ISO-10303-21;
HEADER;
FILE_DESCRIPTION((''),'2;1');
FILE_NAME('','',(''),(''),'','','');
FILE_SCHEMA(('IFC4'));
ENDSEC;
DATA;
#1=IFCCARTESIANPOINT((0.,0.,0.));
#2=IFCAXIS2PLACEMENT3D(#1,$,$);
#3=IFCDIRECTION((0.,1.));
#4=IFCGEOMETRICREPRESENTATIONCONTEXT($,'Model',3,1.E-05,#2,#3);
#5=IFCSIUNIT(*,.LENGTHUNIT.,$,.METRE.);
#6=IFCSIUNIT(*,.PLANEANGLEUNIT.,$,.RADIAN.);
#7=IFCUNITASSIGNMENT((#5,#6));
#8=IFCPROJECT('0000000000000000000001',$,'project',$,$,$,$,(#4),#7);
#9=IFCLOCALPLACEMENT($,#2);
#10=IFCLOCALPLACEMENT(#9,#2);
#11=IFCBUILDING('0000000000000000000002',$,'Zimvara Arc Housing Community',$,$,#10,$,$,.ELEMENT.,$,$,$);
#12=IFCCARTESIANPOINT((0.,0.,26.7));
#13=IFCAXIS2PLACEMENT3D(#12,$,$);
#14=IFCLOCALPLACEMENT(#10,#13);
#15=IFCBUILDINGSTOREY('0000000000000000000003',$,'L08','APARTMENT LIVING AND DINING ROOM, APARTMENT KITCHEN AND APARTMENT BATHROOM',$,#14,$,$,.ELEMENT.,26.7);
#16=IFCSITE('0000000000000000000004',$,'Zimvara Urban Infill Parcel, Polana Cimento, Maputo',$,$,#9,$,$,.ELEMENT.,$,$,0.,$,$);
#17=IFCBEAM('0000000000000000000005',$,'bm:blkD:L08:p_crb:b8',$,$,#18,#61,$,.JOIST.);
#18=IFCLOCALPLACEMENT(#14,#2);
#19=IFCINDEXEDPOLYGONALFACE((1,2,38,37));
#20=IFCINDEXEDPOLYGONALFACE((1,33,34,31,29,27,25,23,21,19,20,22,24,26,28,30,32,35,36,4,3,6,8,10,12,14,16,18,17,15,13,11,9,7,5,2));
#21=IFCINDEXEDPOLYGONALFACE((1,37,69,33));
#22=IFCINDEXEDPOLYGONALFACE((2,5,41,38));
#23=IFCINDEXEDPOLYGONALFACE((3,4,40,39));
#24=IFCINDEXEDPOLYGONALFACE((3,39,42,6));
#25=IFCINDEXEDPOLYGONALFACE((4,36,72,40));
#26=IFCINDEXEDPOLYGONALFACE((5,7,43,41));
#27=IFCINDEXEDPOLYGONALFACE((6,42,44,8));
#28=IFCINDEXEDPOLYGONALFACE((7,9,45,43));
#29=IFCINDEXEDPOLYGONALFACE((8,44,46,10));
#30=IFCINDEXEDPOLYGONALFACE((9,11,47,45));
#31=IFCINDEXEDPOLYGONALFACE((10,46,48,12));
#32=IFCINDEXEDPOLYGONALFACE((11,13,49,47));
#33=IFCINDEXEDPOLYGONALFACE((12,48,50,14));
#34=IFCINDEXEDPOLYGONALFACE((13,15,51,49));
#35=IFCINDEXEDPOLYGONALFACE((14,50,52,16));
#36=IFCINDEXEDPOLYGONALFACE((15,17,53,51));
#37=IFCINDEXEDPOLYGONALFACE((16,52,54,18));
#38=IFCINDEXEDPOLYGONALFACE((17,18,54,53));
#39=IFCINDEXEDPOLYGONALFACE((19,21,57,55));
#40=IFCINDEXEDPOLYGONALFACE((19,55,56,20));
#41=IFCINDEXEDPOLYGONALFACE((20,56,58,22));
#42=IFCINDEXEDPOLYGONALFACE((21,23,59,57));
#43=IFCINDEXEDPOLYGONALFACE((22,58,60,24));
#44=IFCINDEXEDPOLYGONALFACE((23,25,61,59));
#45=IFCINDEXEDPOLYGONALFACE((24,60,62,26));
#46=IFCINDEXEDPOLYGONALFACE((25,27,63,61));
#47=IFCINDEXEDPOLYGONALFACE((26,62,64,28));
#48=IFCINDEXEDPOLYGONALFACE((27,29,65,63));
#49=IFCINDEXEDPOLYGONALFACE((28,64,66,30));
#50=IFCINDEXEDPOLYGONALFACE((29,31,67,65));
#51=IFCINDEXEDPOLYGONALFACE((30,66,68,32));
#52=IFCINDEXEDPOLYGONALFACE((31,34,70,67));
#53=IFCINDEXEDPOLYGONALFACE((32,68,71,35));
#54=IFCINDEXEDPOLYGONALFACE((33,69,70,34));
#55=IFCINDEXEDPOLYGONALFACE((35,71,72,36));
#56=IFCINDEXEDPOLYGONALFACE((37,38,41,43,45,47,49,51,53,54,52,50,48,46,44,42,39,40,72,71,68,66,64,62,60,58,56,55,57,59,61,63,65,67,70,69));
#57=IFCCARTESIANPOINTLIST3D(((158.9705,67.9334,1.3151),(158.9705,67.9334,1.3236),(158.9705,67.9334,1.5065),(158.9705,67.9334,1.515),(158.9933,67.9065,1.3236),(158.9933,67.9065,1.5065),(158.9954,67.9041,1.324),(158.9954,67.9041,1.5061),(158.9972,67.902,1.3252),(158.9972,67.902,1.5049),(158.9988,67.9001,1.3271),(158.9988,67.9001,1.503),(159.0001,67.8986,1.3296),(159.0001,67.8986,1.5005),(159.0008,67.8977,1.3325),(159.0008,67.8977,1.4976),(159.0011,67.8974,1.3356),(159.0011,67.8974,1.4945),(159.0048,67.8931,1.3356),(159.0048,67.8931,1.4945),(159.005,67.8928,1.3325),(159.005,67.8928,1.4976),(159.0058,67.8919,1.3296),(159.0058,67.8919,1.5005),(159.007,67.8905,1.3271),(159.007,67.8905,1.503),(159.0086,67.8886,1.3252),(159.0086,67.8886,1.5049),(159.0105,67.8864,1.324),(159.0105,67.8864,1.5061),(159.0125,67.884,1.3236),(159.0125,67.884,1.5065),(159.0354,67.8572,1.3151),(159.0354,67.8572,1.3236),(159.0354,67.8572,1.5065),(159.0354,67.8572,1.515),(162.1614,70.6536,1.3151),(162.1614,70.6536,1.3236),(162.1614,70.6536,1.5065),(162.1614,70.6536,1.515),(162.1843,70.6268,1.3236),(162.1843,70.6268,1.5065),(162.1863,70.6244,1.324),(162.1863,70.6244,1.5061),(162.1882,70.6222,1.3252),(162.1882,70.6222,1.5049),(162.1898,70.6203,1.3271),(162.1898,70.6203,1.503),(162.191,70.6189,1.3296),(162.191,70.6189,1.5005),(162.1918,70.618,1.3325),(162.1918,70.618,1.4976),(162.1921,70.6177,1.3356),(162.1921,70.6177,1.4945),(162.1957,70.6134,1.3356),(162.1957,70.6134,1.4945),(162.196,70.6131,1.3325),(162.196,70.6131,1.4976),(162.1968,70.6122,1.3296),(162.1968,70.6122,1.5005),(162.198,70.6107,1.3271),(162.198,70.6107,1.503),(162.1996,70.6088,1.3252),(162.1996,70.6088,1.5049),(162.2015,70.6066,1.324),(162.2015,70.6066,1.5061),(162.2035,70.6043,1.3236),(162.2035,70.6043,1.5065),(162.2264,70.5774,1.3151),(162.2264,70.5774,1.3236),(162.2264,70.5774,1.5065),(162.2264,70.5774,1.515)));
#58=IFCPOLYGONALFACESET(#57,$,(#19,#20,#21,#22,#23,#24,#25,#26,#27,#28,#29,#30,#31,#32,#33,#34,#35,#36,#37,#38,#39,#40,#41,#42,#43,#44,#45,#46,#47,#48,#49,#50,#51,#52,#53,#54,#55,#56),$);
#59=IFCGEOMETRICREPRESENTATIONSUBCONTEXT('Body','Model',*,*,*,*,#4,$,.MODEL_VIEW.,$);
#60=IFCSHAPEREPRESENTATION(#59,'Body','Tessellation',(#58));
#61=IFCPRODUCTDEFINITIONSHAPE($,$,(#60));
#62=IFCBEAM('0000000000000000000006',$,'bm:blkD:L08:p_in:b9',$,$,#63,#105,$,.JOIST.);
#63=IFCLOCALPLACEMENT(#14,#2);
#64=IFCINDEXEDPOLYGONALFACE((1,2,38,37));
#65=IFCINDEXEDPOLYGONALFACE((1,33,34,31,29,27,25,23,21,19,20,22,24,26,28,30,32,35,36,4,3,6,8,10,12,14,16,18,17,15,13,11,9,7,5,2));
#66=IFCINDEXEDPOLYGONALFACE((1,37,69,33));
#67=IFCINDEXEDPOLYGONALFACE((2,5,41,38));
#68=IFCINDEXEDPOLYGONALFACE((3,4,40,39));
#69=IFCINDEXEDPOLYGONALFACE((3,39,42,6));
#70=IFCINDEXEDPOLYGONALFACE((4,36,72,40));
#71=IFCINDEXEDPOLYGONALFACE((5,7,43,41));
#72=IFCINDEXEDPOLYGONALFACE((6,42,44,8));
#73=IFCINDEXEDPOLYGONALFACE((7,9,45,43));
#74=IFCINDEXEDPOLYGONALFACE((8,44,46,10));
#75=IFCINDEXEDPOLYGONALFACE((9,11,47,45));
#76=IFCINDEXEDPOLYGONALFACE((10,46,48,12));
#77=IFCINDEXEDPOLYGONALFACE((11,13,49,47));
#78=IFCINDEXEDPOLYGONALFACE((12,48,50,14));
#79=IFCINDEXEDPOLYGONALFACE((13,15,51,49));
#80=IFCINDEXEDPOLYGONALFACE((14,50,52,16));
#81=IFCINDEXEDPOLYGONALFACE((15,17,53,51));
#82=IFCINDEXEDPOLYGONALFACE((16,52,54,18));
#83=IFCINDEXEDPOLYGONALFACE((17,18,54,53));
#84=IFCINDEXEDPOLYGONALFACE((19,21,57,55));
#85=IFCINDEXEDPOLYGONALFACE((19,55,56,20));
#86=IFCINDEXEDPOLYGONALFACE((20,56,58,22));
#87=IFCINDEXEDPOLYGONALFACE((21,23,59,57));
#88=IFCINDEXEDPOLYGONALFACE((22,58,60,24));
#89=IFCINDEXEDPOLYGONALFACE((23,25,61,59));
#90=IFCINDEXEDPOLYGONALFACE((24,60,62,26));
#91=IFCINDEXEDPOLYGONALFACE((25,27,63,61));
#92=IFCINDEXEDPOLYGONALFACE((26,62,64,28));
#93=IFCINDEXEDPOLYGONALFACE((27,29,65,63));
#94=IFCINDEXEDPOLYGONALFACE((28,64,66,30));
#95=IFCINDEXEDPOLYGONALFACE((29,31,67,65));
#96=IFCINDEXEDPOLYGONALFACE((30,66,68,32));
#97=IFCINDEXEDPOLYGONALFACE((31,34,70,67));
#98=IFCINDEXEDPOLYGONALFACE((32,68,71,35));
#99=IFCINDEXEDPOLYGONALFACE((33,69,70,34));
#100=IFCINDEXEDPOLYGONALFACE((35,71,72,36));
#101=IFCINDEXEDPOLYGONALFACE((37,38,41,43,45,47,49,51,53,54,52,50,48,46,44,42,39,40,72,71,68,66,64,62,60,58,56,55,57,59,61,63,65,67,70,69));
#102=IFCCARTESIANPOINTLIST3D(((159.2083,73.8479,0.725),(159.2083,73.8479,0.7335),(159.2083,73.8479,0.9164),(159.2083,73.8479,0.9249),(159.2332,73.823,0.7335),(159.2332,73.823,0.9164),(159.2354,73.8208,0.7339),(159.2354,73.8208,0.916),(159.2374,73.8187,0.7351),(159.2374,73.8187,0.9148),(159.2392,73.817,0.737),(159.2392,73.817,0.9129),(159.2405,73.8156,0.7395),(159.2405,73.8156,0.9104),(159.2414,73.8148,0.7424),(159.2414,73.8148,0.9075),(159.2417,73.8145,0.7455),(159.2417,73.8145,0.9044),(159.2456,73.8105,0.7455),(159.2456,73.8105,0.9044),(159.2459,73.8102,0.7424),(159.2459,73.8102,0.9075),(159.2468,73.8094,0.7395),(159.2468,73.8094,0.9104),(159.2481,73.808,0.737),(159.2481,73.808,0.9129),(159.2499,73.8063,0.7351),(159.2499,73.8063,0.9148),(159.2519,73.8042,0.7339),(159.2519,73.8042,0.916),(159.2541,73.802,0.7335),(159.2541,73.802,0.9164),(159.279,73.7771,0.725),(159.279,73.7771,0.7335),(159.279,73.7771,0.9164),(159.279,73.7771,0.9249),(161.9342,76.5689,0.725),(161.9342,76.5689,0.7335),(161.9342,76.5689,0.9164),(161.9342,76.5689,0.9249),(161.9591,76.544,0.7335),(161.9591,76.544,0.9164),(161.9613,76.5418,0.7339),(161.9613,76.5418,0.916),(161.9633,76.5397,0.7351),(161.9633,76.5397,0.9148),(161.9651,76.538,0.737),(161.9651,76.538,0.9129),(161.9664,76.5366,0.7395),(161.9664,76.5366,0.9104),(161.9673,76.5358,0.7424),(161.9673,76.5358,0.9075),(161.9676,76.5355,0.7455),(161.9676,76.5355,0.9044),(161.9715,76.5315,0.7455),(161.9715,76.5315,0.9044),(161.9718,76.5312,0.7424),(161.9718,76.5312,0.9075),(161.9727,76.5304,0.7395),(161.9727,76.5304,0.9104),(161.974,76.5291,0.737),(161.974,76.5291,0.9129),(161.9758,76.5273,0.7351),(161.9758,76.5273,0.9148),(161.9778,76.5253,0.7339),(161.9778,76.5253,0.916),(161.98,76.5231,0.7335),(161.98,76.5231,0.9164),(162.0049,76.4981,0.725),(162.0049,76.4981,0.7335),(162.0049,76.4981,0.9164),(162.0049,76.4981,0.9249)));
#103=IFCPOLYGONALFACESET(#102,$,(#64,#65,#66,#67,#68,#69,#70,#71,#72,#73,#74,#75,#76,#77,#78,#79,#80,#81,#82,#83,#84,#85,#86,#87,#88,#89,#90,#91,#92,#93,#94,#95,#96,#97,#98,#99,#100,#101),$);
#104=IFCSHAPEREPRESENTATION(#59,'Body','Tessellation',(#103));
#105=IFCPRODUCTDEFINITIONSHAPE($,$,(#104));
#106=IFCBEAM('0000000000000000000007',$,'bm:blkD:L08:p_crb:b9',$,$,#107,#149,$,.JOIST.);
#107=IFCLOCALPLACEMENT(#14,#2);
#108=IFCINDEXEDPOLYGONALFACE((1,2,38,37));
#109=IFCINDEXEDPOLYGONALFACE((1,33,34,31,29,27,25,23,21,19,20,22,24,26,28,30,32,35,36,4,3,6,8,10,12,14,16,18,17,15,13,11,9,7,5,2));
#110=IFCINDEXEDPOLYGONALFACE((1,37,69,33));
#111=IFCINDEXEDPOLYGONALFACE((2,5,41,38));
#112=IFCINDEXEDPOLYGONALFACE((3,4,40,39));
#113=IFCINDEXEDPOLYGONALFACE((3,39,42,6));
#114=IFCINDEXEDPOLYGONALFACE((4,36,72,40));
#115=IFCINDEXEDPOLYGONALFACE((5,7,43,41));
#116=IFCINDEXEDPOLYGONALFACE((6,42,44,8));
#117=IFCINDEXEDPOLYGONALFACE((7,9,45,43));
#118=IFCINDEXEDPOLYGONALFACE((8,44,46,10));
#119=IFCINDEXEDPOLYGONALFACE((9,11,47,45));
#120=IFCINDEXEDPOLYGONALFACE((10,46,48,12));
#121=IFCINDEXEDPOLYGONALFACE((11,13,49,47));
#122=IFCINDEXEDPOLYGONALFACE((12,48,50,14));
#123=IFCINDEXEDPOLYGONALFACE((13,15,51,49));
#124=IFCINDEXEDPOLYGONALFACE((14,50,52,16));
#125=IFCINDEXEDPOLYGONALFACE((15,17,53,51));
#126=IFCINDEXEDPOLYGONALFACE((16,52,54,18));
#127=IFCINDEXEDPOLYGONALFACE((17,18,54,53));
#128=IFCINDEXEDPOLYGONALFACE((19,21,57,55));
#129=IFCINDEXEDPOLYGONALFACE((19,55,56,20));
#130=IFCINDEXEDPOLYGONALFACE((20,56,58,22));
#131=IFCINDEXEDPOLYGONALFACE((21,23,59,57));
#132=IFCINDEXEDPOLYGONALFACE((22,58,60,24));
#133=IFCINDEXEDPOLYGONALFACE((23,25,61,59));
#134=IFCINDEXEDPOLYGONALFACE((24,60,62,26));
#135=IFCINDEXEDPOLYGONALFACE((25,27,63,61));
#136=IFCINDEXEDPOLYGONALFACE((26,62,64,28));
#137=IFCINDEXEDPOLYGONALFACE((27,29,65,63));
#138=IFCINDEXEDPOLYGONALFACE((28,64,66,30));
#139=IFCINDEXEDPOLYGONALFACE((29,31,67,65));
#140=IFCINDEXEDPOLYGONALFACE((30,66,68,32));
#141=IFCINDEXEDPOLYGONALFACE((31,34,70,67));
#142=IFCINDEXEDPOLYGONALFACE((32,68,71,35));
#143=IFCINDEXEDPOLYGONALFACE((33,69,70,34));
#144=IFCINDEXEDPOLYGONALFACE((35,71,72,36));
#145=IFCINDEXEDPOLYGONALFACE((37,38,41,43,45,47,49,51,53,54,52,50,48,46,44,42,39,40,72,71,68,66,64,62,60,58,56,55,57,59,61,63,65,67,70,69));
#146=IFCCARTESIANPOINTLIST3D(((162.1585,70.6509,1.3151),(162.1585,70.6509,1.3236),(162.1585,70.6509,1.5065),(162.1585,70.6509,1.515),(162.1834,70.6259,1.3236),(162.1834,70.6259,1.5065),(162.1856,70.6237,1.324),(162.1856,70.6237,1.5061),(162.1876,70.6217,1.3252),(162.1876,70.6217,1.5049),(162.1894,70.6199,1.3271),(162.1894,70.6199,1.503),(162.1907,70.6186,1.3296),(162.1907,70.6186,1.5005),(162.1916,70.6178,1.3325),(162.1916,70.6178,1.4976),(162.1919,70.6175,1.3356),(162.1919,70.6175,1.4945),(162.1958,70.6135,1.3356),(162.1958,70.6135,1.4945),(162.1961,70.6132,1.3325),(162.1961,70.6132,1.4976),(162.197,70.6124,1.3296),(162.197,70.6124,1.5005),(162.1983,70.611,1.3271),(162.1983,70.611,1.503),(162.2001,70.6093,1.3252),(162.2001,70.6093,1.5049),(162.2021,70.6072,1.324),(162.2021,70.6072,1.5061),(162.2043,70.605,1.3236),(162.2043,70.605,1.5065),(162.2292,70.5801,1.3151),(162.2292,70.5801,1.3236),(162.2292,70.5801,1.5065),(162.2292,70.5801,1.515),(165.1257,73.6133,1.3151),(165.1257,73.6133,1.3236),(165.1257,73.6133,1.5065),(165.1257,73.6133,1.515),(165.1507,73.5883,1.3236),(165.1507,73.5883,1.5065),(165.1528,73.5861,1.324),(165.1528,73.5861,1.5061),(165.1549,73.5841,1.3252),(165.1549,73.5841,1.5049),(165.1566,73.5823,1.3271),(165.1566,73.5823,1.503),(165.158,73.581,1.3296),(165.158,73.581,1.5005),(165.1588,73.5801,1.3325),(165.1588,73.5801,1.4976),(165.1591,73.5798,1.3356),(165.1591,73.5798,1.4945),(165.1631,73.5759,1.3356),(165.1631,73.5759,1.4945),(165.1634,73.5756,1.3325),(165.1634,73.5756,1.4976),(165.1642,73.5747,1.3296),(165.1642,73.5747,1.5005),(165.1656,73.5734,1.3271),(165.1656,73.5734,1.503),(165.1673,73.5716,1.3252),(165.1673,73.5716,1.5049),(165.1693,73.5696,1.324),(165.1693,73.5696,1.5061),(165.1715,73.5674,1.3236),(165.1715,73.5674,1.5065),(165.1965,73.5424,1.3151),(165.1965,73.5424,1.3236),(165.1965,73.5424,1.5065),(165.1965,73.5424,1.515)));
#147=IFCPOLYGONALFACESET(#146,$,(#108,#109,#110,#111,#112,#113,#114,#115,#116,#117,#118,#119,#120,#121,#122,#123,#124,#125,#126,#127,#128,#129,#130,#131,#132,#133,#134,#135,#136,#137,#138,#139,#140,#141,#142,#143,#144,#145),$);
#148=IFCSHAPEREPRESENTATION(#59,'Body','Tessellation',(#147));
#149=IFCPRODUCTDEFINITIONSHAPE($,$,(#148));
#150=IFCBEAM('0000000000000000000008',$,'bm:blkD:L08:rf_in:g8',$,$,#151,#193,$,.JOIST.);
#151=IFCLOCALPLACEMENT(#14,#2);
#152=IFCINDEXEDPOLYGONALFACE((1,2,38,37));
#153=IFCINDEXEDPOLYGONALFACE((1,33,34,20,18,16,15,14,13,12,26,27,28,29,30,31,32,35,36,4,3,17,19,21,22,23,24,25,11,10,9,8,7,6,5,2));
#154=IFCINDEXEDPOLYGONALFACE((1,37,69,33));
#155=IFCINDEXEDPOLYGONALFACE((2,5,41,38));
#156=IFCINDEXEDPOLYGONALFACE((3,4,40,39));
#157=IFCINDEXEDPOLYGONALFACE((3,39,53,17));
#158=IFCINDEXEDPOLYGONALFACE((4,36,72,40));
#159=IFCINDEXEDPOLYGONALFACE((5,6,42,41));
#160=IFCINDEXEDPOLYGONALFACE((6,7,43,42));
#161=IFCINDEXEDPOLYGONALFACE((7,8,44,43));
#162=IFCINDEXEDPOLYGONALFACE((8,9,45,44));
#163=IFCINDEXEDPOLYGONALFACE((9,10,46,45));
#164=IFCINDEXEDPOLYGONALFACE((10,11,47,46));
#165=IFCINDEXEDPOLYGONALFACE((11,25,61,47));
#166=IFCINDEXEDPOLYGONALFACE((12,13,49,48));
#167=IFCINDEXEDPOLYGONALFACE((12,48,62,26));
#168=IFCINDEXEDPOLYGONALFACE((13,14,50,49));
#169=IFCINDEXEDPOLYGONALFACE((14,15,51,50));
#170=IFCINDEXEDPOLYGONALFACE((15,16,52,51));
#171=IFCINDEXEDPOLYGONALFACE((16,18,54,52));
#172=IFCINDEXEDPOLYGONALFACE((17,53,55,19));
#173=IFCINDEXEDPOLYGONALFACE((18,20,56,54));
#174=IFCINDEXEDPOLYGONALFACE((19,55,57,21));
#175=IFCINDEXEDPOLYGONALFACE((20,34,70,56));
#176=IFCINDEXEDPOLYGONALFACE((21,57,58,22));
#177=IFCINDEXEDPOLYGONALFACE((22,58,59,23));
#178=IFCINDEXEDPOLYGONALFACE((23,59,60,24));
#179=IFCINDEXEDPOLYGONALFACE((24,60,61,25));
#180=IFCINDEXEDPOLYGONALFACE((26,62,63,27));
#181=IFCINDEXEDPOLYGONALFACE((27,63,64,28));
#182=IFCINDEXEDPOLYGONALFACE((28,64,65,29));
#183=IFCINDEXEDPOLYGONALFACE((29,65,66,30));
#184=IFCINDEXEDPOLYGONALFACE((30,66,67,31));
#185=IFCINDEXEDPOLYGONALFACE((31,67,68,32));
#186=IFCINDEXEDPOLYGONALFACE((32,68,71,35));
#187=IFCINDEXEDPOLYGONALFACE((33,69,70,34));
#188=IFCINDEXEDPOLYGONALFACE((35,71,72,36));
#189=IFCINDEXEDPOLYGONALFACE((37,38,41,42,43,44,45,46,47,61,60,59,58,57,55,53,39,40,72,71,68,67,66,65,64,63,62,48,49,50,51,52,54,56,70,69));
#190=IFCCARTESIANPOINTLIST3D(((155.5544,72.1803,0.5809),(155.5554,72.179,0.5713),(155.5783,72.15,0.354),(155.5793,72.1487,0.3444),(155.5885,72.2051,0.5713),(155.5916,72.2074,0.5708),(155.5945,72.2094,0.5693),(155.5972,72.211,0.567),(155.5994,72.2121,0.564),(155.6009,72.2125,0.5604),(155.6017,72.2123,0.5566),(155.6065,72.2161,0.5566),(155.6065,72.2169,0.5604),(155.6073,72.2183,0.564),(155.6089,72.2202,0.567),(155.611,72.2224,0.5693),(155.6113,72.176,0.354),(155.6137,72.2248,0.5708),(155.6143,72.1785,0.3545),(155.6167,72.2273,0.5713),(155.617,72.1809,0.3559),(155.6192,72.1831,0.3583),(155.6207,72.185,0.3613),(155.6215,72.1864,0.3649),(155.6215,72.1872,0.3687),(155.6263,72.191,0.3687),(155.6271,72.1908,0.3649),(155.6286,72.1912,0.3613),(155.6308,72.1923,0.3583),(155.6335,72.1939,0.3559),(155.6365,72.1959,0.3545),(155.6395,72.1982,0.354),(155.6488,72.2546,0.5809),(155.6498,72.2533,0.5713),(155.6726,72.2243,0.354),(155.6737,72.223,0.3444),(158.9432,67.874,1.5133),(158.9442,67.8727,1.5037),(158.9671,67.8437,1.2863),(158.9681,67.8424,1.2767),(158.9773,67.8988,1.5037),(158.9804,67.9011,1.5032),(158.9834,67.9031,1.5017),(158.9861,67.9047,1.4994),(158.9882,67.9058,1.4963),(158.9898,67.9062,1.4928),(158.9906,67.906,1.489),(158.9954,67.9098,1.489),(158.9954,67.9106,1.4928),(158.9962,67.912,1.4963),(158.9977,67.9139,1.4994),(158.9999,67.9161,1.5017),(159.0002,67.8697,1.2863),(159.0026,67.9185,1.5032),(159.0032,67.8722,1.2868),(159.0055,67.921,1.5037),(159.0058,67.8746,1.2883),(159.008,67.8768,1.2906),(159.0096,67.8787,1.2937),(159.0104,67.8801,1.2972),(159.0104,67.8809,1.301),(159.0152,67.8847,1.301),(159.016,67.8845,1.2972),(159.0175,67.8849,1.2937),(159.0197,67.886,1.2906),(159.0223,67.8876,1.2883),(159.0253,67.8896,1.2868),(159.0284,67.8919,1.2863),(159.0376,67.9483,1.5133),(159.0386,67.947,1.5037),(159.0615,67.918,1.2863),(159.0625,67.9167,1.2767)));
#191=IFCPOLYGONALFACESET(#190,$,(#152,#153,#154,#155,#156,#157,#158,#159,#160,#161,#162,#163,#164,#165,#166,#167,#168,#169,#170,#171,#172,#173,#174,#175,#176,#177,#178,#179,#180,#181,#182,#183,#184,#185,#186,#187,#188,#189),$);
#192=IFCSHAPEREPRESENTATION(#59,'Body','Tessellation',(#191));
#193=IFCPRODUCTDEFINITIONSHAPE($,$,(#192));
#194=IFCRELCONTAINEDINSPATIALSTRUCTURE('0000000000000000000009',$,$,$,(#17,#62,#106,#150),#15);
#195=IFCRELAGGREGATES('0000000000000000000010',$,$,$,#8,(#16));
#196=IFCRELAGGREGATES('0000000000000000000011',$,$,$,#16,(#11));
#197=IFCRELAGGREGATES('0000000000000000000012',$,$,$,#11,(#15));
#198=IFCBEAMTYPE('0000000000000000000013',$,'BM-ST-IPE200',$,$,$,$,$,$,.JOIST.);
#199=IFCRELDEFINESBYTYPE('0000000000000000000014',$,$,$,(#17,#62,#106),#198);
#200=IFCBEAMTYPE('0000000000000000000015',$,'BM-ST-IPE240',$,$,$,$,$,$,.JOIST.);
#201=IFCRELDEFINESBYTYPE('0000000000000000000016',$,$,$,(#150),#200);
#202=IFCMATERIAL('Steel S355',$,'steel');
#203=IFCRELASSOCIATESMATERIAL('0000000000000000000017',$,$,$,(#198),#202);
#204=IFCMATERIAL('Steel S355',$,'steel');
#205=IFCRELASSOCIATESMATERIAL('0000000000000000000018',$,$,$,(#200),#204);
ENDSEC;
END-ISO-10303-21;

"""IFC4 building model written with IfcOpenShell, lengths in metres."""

from ifc_helpers import new_model, si_unit, direction, frame, origin, origin_2d, place, context, subcontext, project, spatial, i_section, extrude, material, material_profile, profile_set, type_object, element, save


model = new_model("IFC4")

# Units and contexts
model_context = context("Model", 3, precision=1e-05, world=origin(), true_north=direction((0.0, 1.0)))
body_context = subcontext(model_context, "Body", "Model", "MODEL_VIEW")
ifc_project = project(units=[si_unit("LENGTHUNIT", "METRE"), si_unit("PLANEANGLEUNIT", "RADIAN")], contexts=[model_context])

# Site, building, storey
site_placement = place(None, origin())
site = spatial("IfcSite", under=ifc_project, at=site_placement, Name="Zimvara Urban Infill Parcel, Polana Cimento, Maputo", CompositionType="ELEMENT", RefElevation=0.0)
building_placement = place(site_placement, origin())
building = spatial("IfcBuilding", under=site, at=building_placement, Name="Zimvara Arc Housing Community", CompositionType="ELEMENT")
storey_placement = place(building_placement, frame((0.0, 0.0, 26.7)))
storey = spatial("IfcBuildingStorey", under=building, at=storey_placement, Name="L08", Description="APARTMENT LIVING AND DINING ROOM, APARTMENT KITCHEN AND APARTMENT BATHROOM", CompositionType="ELEMENT", Elevation=26.7)

# Beams
ifc_material_1 = material(Name="Steel S355", Category="steel")
ifc_material_profile_1 = material_profile(ifc_material_1, i_section(OverallWidth=0.1001, OverallDepth=0.2, WebThickness=0.0056, FlangeThickness=0.0085, FilletRadius=0.012, at=origin_2d()), Name="IPE 200")
ifc_profile_set_1 = profile_set([ifc_material_profile_1], Name="Steel S355")
beam_type_1 = type_object("IfcBeamType", Name="BM-ST-IPE200", PredefinedType="JOIST", material=ifc_profile_set_1)
beam_1_placement = place(storey_placement, frame((159.0029, 67.8953, 1.415), z_axis=(0.761005, 0.648746, 0.0), x_axis=(-0.648746, 0.761005, 0.0)))
element("IfcBeam", 1, at=beam_1_placement, inside=storey, type_object=beam_type_1, Name="bm:blkD:L08:p_crb:b8", PredefinedType="JOIST", context=body_context, shape_type="SweptSolid", body=[
    extrude(i_section(OverallWidth=0.1001, OverallDepth=0.2, WebThickness=0.0056, FlangeThickness=0.0085, FilletRadius=0.012, at=origin_2d()), origin(), (0.0, 0.0, 1.0), 4.1931),
])
beam_2_placement = place(storey_placement, frame((159.2437, 73.8125, 0.825), z_axis=(0.70774, 0.706473, 0.0), x_axis=(-0.706473, 0.70774, 0.0)))
element("IfcBeam", 2, at=beam_2_placement, inside=storey, type_object=beam_type_1, Name="bm:blkD:L08:p_in:b9", PredefinedType="JOIST", context=body_context, shape_type="SweptSolid", body=[
    extrude(i_section(OverallWidth=0.1001, OverallDepth=0.2, WebThickness=0.0056, FlangeThickness=0.0085, FilletRadius=0.012, at=origin_2d()), origin(), (0.0, 0.0, 1.0), 3.8516),
])
beam_3_placement = place(storey_placement, frame((162.1938, 70.6155, 1.415), z_axis=(0.707689, 0.706524, 0.0), x_axis=(-0.706524, 0.707689, 0.0)))
element("IfcBeam", 3, at=beam_3_placement, inside=storey, type_object=beam_type_1, Name="bm:blkD:L08:p_crb:b9", PredefinedType="JOIST", context=body_context, shape_type="SweptSolid", body=[
    extrude(i_section(OverallWidth=0.1001, OverallDepth=0.2, WebThickness=0.0056, FlangeThickness=0.0085, FilletRadius=0.012, at=origin_2d()), origin(), (0.0, 0.0, 1.0), 4.1929),
])
ifc_material_2 = material(Name="Steel S355", Category="steel")
ifc_material_profile_2 = material_profile(ifc_material_2, i_section(OverallWidth=0.1201, OverallDepth=0.24, WebThickness=0.0061, FlangeThickness=0.0098, FilletRadius=0.0149, at=origin_2d()), Name="IPE 240")
ifc_profile_set_2 = profile_set([ifc_material_profile_2], Name="Steel S355")
beam_type_2 = type_object("IfcBeamType", Name="BM-ST-IPE240", PredefinedType="JOIST", material=ifc_profile_set_2)
for number, where, z_axis, x_axis, name in (
    (4, (155.614, 72.2017, 0.4626), (0.60966, -0.774713, 0.167732), (0.785847, 0.618421, 0.0), "bm:blkD:L08:rf_in:g8"),
):
    element("IfcBeam", number, at=place(storey_placement, frame(where, z_axis=z_axis, x_axis=x_axis)), inside=storey, type_object=beam_type_2, Name=name, PredefinedType="JOIST", context=body_context, shape_type="SweptSolid", body=[
        extrude(i_section(OverallWidth=0.1201, OverallDepth=0.24, WebThickness=0.0061, FlangeThickness=0.0098, FilletRadius=0.0149, at=origin_2d()), origin(), (0.0, 0.0, 1.0), 5.5586),
    ])

save(model, "model.ifc")
